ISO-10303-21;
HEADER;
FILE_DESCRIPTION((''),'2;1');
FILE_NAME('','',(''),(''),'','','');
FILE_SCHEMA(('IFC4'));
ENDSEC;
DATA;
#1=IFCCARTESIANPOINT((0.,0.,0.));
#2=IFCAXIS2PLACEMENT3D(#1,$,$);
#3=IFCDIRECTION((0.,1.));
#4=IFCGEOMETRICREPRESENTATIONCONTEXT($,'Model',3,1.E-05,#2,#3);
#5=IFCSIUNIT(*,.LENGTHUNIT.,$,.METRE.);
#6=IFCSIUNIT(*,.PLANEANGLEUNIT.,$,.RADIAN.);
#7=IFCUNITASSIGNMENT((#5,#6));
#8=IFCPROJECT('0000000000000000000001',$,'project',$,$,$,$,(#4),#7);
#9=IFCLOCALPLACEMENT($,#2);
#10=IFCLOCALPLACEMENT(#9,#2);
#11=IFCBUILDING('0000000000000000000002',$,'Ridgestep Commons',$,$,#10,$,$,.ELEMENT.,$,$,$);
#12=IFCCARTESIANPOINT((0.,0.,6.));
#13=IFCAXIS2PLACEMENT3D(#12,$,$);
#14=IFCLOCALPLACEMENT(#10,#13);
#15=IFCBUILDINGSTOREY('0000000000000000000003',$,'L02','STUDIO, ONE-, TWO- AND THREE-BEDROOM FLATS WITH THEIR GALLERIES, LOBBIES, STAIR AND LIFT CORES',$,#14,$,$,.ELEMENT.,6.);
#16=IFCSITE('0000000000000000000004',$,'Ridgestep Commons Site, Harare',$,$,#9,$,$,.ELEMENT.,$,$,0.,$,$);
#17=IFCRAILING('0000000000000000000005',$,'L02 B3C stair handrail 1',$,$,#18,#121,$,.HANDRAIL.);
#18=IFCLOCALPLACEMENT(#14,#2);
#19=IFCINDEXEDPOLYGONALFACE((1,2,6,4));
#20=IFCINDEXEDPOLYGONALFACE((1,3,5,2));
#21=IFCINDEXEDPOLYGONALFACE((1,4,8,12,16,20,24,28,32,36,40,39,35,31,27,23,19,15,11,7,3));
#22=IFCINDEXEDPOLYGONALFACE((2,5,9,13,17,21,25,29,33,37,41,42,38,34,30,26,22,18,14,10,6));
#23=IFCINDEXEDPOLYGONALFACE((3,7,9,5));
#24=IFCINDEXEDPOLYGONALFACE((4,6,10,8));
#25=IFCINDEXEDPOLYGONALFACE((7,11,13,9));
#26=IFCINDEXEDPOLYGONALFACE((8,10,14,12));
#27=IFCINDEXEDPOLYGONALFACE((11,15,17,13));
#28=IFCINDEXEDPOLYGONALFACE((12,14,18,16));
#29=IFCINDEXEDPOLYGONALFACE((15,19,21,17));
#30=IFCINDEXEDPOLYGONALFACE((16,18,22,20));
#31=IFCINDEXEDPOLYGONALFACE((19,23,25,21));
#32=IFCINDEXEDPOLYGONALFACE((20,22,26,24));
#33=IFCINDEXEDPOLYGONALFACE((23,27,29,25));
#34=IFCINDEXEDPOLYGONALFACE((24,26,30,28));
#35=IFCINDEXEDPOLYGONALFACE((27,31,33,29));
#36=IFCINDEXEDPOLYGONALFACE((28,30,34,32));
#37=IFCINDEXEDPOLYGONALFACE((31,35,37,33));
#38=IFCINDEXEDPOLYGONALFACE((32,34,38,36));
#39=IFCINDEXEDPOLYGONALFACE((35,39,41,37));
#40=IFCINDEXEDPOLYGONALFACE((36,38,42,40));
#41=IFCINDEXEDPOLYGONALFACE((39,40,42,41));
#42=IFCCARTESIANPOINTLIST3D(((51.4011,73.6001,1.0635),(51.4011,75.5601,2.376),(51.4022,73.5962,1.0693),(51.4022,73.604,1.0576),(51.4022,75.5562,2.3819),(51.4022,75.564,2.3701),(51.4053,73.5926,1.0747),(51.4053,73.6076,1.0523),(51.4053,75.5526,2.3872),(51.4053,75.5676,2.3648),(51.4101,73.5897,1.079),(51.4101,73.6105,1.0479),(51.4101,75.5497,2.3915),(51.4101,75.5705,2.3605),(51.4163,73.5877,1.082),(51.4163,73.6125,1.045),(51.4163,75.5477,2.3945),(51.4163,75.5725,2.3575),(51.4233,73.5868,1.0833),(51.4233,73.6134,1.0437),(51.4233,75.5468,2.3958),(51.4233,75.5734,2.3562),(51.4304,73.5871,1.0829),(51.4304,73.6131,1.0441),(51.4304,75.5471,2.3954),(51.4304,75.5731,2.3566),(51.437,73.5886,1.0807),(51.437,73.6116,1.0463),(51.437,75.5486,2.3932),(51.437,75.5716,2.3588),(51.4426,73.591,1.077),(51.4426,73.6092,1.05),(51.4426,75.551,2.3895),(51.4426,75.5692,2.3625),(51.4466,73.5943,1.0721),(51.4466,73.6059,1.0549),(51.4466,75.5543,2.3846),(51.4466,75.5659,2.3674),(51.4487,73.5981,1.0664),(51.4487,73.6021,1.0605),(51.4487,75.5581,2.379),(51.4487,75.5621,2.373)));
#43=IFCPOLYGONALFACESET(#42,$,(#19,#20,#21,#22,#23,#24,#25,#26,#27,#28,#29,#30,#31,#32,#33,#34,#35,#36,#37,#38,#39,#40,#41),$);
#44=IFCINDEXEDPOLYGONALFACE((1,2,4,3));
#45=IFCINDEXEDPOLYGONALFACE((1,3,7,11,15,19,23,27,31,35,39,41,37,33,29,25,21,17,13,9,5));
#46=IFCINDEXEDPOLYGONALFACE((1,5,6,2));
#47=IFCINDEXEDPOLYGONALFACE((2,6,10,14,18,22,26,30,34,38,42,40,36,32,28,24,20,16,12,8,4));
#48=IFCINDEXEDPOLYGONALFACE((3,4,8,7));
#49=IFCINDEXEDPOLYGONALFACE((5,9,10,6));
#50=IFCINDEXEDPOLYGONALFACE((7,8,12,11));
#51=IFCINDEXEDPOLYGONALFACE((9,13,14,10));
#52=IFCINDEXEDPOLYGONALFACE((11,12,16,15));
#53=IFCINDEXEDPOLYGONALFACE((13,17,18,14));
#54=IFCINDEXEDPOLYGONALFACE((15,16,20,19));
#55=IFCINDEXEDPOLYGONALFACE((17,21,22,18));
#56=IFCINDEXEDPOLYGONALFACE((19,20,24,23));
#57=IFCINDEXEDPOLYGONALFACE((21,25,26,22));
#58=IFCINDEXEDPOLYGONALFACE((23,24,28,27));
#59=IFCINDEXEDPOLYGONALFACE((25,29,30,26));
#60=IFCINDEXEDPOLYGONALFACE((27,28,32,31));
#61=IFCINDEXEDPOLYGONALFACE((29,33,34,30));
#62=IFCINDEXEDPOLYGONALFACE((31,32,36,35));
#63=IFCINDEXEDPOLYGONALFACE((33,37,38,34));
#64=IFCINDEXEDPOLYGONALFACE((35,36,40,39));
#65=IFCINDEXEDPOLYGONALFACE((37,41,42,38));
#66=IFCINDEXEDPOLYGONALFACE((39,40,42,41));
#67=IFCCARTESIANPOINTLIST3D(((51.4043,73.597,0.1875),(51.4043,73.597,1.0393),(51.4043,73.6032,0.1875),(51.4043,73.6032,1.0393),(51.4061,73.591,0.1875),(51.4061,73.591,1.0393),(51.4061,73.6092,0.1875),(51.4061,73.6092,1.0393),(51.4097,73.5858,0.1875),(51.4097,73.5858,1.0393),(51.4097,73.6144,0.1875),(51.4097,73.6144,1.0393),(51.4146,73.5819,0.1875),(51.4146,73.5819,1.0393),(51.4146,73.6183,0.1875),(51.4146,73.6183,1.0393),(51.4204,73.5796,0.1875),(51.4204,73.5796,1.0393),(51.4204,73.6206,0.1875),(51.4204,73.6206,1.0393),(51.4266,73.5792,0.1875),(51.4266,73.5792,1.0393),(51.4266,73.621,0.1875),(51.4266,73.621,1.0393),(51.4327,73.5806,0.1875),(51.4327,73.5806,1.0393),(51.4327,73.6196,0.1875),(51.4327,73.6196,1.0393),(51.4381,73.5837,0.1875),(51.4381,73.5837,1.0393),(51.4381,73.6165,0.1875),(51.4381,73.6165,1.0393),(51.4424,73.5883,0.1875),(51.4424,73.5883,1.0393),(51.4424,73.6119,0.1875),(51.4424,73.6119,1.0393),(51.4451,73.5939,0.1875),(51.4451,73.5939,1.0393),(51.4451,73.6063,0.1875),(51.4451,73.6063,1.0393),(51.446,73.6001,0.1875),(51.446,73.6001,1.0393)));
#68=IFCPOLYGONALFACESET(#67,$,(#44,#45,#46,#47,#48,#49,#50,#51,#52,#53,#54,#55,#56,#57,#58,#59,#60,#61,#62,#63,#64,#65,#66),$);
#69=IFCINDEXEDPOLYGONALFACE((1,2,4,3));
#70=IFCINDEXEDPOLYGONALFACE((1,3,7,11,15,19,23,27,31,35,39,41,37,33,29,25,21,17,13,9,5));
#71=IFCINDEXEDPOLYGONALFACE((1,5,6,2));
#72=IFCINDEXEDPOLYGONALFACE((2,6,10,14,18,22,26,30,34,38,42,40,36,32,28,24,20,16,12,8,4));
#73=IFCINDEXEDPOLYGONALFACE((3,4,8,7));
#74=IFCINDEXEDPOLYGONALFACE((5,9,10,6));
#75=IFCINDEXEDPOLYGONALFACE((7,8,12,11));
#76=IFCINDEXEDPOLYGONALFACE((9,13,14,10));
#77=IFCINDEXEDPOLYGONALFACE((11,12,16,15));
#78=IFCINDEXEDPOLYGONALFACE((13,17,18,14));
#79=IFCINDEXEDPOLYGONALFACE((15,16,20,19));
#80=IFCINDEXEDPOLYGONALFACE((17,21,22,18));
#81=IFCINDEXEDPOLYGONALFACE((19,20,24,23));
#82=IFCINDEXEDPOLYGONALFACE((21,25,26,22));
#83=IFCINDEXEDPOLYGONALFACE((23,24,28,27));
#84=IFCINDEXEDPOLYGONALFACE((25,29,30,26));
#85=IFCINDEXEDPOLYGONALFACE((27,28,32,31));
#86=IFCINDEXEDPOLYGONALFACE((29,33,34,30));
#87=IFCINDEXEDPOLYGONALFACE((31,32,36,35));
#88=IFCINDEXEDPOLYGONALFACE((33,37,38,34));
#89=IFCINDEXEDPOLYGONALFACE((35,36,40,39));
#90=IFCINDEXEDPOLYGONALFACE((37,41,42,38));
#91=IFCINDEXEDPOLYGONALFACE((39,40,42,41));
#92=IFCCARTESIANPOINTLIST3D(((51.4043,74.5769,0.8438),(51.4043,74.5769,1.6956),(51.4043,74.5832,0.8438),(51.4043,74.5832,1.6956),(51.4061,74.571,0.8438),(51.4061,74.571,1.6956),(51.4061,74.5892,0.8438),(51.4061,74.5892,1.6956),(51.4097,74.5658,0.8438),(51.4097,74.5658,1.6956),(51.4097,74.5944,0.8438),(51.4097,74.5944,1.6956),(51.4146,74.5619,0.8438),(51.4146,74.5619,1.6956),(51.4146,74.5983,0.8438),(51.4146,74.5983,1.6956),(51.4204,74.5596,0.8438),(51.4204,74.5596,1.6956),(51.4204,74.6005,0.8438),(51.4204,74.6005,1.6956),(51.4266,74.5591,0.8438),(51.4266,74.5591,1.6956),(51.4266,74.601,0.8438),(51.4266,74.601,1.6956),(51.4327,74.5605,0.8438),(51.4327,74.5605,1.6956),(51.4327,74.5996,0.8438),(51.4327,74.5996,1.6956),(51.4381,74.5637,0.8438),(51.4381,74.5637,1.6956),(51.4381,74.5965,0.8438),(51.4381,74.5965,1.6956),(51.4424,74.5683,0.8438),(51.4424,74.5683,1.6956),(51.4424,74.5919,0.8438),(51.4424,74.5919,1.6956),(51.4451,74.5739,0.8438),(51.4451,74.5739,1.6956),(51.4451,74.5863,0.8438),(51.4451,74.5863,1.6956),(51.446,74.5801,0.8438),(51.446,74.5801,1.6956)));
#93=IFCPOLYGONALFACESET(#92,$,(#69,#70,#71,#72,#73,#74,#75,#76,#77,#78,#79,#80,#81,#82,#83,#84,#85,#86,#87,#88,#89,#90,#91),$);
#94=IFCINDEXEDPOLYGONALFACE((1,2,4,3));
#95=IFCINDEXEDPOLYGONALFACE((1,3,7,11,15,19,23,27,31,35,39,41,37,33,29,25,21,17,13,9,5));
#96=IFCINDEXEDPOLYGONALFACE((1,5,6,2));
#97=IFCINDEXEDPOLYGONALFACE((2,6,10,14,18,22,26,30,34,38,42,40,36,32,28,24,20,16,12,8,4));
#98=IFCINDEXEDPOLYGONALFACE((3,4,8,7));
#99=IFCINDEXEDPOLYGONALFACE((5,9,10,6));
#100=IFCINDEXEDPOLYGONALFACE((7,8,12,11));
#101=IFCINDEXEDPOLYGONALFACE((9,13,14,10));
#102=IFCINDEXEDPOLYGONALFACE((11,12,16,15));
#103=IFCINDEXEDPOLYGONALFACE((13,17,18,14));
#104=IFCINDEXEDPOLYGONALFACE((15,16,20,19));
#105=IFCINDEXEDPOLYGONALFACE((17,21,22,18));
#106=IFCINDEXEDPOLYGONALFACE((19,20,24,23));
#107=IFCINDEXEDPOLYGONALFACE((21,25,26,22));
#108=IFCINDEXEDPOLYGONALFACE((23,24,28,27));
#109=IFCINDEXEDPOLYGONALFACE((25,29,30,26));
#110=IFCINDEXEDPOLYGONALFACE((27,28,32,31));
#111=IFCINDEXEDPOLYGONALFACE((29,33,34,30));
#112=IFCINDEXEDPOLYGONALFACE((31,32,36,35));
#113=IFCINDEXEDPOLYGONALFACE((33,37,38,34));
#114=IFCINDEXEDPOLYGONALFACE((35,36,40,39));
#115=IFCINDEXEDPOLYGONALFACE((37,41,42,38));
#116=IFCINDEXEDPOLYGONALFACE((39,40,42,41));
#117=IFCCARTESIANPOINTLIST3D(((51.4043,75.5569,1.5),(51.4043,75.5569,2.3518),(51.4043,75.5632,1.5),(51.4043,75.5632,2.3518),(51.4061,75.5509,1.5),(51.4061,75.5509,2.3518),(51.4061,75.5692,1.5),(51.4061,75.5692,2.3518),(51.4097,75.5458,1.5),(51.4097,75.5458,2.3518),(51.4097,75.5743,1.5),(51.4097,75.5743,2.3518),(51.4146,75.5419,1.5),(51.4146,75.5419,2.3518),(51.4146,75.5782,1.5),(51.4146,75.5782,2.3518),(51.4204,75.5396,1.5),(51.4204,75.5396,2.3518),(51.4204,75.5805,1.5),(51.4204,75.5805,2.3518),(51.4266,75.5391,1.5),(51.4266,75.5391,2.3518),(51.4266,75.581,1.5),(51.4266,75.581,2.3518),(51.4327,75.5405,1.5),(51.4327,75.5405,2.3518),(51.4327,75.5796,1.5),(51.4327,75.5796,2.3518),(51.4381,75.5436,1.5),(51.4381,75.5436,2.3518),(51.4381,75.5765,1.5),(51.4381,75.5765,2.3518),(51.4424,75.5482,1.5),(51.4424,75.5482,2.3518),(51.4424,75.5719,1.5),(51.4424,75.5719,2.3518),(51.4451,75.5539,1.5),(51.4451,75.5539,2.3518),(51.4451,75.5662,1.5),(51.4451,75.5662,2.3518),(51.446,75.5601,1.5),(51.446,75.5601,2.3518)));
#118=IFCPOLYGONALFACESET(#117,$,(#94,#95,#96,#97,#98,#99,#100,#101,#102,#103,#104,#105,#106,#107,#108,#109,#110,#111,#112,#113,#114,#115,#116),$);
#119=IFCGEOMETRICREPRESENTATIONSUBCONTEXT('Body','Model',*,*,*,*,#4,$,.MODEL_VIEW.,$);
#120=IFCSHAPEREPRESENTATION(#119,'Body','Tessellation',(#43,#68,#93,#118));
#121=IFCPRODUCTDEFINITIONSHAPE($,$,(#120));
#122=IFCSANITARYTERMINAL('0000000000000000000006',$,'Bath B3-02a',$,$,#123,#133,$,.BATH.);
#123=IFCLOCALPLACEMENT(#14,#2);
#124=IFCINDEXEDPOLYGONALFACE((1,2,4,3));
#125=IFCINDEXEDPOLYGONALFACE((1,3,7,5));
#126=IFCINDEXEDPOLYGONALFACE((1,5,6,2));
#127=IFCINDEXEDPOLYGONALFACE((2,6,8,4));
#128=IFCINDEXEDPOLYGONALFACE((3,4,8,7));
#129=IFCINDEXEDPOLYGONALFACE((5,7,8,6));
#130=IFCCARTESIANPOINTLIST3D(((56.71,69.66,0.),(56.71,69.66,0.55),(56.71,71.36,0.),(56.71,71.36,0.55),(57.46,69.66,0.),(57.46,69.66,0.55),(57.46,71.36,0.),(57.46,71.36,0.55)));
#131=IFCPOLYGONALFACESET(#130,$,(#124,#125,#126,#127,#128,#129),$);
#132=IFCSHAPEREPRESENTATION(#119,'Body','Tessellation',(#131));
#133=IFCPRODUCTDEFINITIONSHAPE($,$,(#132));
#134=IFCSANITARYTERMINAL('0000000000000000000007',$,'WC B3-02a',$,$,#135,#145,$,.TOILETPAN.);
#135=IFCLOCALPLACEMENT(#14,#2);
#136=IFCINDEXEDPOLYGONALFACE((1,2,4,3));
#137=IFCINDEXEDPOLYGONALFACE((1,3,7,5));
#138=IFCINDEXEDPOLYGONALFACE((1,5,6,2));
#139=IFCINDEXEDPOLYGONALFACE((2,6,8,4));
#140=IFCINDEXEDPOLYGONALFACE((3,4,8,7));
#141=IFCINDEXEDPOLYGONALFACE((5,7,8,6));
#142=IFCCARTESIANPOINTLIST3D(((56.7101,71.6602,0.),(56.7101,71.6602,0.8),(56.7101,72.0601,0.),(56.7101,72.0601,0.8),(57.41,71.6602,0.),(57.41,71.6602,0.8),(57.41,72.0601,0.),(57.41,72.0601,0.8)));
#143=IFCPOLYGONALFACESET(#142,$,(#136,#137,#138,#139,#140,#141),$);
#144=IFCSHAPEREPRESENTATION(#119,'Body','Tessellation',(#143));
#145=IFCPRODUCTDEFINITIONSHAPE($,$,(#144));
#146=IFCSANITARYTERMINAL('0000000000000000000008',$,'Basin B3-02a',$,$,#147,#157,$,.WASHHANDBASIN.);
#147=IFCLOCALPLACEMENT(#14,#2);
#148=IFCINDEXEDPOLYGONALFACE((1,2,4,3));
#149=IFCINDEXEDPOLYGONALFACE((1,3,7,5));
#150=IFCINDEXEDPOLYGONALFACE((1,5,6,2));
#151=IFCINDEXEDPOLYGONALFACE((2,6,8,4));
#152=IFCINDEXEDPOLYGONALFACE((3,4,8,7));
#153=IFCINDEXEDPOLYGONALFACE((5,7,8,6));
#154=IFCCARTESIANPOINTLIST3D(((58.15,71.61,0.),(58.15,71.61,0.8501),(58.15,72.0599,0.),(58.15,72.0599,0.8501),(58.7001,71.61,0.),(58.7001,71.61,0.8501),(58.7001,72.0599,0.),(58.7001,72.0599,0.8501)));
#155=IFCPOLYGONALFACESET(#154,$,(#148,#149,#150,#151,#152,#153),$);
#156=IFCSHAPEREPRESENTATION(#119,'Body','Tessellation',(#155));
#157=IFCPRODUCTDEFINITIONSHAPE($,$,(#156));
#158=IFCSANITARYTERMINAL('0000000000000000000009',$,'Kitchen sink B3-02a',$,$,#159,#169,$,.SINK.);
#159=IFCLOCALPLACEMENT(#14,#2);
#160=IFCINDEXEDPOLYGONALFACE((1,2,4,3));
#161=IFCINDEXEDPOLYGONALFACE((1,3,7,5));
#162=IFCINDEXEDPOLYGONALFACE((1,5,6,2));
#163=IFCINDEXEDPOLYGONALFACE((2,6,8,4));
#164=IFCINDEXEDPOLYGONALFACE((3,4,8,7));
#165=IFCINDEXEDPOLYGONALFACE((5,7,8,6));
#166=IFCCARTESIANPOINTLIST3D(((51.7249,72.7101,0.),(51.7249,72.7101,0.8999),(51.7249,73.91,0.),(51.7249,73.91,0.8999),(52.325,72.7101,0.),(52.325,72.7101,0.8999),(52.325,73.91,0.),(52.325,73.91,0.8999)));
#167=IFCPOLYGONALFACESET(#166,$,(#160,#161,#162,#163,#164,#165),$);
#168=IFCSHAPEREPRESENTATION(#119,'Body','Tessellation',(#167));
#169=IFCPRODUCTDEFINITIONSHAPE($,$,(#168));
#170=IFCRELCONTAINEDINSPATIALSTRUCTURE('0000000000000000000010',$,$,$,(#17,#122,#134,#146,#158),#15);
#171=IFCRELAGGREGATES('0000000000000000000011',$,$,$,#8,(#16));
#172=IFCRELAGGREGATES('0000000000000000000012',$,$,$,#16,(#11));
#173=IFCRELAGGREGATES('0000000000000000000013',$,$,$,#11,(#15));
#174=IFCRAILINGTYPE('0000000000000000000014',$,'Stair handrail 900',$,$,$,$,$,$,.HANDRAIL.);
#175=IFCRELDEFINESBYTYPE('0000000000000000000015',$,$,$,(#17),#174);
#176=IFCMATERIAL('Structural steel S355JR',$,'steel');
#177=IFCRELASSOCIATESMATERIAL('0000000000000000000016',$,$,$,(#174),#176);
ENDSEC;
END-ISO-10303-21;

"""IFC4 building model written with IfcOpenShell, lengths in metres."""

from ifc_helpers import new_model, si_unit, direction, frame, origin, origin_2d, place, context, subcontext, project, spatial, rectangle, circle, extrude, material, type_object, element, save


model = new_model("IFC4")

# Units and contexts
model_context = context("Model", 3, precision=1e-05, world=origin(), true_north=direction((0.0, 1.0)))
body_context = subcontext(model_context, "Body", "Model", "MODEL_VIEW")
ifc_project = project(units=[si_unit("LENGTHUNIT", "METRE"), si_unit("PLANEANGLEUNIT", "RADIAN")], contexts=[model_context])

# Site, building, storey
site_placement = place(None, origin())
site = spatial("IfcSite", under=ifc_project, at=site_placement, Name="Ridgestep Commons Site, Harare", CompositionType="ELEMENT", RefElevation=0.0)
building_placement = place(site_placement, origin())
building = spatial("IfcBuilding", under=site, at=building_placement, Name="Ridgestep Commons", CompositionType="ELEMENT")
storey_placement = place(building_placement, frame((0.0, 0.0, 6.0)))
storey = spatial("IfcBuildingStorey", under=building, at=storey_placement, Name="L02", Description="STUDIO, ONE-, TWO- AND THREE-BEDROOM FLATS WITH THEIR GALLERIES, LOBBIES, STAIR AND LIFT CORES", CompositionType="ELEMENT", Elevation=6.0)

# Railing
ifc_material_1 = material(Name="Structural steel S355JR", Category="steel")
railing_type_1 = type_object("IfcRailingType", Name="Stair handrail 900", PredefinedType="HANDRAIL", material=ifc_material_1)
railing_1_placement = place(storey_placement, frame((51.425, 73.6001, 0.1875)))
element("IfcRailing", 1, at=railing_1_placement, inside=storey, type_object=railing_type_1, Name="L02 B3C stair handrail 1", PredefinedType="HANDRAIL", context=body_context, shape_type="SweptSolid", body=[
    extrude(circle(Radius=0.0239, at=origin_2d()), frame((0.0, 0.0, 0.876), z_axis=(0.0, 0.830902, 0.556419), x_axis=(-1.0, 0.0, 0.0)), (0.0, 0.0, 1.0), 2.3589),
    extrude(circle(Radius=0.021, at=origin_2d()), origin(), (0.0, 0.0, 1.0), 0.8518),
    extrude(circle(Radius=0.021, at=origin_2d()), frame((0.0, 0.98, 0.6562)), (0.0, 0.0, 1.0), 0.8518),
    extrude(circle(Radius=0.021, at=origin_2d()), frame((0.0, 1.96, 1.3125)), (0.0, 0.0, 1.0), 0.8518),
])

# Sanitary terminals
sanitary_terminal_1_placement = place(storey_placement, frame((57.085, 70.51, 0.0), z_axis=(0.0, 0.0, 1.0), x_axis=(1.0, 0.0, 0.0)))
element("IfcSanitaryTerminal", 2, at=sanitary_terminal_1_placement, inside=storey, Name="Bath B3-02a", PredefinedType="BATH", context=body_context, shape_type="SweptSolid", body=[
    extrude(rectangle(XDim=0.75, YDim=1.7, at=origin_2d()), origin(), (0.0, 0.0, 1.0), 0.55),
])
sanitary_terminal_2_placement = place(storey_placement, frame((57.0601, 71.8601, 0.0), z_axis=(0.0, 0.0, 1.0), x_axis=(1.0, 0.0, 0.0)))
element("IfcSanitaryTerminal", 3, at=sanitary_terminal_2_placement, inside=storey, Name="WC B3-02a", PredefinedType="TOILETPAN", context=body_context, shape_type="SweptSolid", body=[
    extrude(rectangle(XDim=0.7, YDim=0.3999, at=origin_2d()), origin(), (0.0, 0.0, 1.0), 0.8),
])
sanitary_terminal_3_placement = place(storey_placement, frame((58.425, 71.835, 0.0), z_axis=(0.0, 0.0, 1.0), x_axis=(1.0, 0.0, 0.0)))
element("IfcSanitaryTerminal", 4, at=sanitary_terminal_3_placement, inside=storey, Name="Basin B3-02a", PredefinedType="WASHHANDBASIN", context=body_context, shape_type="SweptSolid", body=[
    extrude(rectangle(XDim=0.55, YDim=0.45, at=origin_2d()), origin(), (0.0, 0.0, 1.0), 0.8501),
])
sanitary_terminal_4_placement = place(storey_placement, frame((52.0249, 73.3101, 0.0), z_axis=(0.0, 0.0, 1.0), x_axis=(1.0, 0.0, 0.0)))
element("IfcSanitaryTerminal", 5, at=sanitary_terminal_4_placement, inside=storey, Name="Kitchen sink B3-02a", PredefinedType="SINK", context=body_context, shape_type="SweptSolid", body=[
    extrude(rectangle(XDim=0.6001, YDim=1.2, at=origin_2d()), origin(), (0.0, 0.0, 1.0), 0.8999),
])

save(model, "model.ifc")
